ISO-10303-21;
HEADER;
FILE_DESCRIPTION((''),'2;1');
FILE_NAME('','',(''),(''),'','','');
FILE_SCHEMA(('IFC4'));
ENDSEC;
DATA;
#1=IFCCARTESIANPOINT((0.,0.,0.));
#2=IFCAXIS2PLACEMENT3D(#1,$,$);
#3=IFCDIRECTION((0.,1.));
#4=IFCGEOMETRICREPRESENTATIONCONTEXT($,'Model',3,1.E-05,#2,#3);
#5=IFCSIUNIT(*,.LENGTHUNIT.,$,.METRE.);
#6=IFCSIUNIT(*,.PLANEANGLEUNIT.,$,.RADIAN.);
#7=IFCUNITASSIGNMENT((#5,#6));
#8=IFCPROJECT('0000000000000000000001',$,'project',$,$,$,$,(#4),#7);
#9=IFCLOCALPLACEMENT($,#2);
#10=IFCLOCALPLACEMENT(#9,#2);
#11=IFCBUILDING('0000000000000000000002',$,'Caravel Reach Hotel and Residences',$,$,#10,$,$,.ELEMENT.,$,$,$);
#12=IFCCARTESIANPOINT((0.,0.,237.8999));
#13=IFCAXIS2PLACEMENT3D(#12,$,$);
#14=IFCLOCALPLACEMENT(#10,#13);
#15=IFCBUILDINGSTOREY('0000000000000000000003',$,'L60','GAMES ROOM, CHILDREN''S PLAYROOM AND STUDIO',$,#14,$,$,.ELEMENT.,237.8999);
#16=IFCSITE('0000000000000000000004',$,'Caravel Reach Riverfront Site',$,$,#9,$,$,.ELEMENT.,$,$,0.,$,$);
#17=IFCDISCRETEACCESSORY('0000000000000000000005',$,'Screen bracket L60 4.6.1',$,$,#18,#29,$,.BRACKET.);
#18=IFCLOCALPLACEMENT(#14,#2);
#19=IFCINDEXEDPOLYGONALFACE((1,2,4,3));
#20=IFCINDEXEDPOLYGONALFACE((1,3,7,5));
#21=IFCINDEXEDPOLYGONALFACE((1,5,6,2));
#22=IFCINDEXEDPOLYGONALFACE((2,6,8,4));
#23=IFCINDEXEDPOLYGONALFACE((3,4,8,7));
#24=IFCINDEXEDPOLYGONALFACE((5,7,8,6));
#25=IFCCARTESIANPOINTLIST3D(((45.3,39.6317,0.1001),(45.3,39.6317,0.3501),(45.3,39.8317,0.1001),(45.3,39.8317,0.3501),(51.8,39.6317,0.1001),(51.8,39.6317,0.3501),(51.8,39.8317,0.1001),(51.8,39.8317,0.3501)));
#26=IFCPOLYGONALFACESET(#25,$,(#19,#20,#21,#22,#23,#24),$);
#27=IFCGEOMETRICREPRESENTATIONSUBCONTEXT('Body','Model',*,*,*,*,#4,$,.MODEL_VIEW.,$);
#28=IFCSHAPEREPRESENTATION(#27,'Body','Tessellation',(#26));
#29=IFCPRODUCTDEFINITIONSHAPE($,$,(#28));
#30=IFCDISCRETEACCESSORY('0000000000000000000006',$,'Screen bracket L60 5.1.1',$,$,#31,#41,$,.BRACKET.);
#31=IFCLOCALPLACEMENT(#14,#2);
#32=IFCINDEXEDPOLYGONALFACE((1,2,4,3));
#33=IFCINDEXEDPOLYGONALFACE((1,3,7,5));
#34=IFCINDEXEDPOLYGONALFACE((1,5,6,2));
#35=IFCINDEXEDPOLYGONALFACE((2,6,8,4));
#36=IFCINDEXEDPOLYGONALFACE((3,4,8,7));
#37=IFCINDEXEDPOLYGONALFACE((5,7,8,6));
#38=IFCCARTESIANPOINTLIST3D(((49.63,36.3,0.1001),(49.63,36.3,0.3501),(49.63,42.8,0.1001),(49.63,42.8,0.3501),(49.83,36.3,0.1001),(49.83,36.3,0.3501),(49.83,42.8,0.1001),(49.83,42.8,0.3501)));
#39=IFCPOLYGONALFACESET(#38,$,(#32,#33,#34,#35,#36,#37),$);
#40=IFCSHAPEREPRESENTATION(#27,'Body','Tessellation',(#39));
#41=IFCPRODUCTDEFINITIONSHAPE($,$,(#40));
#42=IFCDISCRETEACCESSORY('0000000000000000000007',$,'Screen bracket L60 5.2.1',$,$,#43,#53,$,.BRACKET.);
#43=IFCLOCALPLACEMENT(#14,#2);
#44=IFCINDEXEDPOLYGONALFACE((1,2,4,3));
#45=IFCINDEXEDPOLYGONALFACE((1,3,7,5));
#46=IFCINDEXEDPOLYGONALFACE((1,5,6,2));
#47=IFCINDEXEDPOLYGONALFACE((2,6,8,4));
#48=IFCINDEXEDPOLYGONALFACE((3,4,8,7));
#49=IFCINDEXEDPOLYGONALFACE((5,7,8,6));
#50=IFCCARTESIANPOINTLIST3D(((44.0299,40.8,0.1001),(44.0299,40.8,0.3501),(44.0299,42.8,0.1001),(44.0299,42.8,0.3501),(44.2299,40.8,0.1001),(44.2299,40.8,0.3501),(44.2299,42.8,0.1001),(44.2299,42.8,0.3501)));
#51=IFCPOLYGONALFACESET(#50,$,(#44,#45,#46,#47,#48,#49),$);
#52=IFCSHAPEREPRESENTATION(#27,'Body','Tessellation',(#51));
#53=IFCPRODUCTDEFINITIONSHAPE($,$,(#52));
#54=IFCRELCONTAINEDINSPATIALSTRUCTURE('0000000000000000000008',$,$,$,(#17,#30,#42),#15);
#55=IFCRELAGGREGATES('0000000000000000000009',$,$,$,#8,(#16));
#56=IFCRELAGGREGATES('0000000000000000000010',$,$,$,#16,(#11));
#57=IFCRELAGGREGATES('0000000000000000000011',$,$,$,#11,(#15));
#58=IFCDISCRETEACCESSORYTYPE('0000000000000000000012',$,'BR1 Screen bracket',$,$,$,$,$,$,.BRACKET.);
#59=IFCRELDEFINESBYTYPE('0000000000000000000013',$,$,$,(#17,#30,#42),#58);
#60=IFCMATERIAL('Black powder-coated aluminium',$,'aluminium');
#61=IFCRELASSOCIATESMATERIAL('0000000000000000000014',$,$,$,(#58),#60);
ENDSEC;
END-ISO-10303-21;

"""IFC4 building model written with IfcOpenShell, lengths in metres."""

from ifc_helpers import new_model, si_unit, direction, frame, origin, origin_2d, place, context, subcontext, project, spatial, rectangle, extrude, material, type_object, element, save


model = new_model("IFC4")

# Units and contexts
model_context = context("Model", 3, precision=1e-05, world=origin(), true_north=direction((0.0, 1.0)))
body_context = subcontext(model_context, "Body", "Model", "MODEL_VIEW")
ifc_project = project(units=[si_unit("LENGTHUNIT", "METRE"), si_unit("PLANEANGLEUNIT", "RADIAN")], contexts=[model_context])

# Site, building, storey
site_placement = place(None, origin())
site = spatial("IfcSite", under=ifc_project, at=site_placement, Name="Caravel Reach Riverfront Site", CompositionType="ELEMENT", RefElevation=0.0)
building_placement = place(site_placement, origin())
building = spatial("IfcBuilding", under=site, at=building_placement, Name="Caravel Reach Hotel and Residences", CompositionType="ELEMENT")
storey_placement = place(building_placement, frame((0.0, 0.0, 237.8999)))
storey = spatial("IfcBuildingStorey", under=building, at=storey_placement, Name="L60", Description="GAMES ROOM, CHILDREN'S PLAYROOM AND STUDIO", CompositionType="ELEMENT", Elevation=237.8999)

# Discrete accessories
ifc_material_1 = material(Name="Black powder-coated aluminium", Category="aluminium")
discrete_accessory_type = type_object("IfcDiscreteAccessoryType", Name="BR1 Screen bracket", PredefinedType="BRACKET", material=ifc_material_1)
for number, where, z_axis, x_axis, name in (
    (1, (48.55, 39.7317, 0.1001), (0.0, 0.0, 1.0), (1.0, 0.0, 0.0), "Screen bracket L60 4.6.1"),
    (2, (49.73, 39.55, 0.1001), (0.0, 0.0, 1.0), (0.0, 1.0, 0.0), "Screen bracket L60 5.1.1"),
):
    element("IfcDiscreteAccessory", number, at=place(storey_placement, frame(where, z_axis=z_axis, x_axis=x_axis)), inside=storey, type_object=discrete_accessory_type, Name=name, PredefinedType="BRACKET", context=body_context, shape_type="SweptSolid", body=[
        extrude(rectangle(XDim=6.5, YDim=0.2, at=origin_2d()), origin(), (0.0, 0.0, 1.0), 0.25),
    ])
discrete_accessory_placement = place(storey_placement, frame((44.1299, 41.8, 0.1001), z_axis=(0.0, 0.0, 1.0), x_axis=(0.0, 1.0, 0.0)))
element("IfcDiscreteAccessory", 3, at=discrete_accessory_placement, inside=storey, type_object=discrete_accessory_type, Name="Screen bracket L60 5.2.1", PredefinedType="BRACKET", context=body_context, shape_type="SweptSolid", body=[
    extrude(rectangle(XDim=2.0, YDim=0.2, at=origin_2d()), origin(), (0.0, 0.0, 1.0), 0.25),
])

save(model, "model.ifc")
